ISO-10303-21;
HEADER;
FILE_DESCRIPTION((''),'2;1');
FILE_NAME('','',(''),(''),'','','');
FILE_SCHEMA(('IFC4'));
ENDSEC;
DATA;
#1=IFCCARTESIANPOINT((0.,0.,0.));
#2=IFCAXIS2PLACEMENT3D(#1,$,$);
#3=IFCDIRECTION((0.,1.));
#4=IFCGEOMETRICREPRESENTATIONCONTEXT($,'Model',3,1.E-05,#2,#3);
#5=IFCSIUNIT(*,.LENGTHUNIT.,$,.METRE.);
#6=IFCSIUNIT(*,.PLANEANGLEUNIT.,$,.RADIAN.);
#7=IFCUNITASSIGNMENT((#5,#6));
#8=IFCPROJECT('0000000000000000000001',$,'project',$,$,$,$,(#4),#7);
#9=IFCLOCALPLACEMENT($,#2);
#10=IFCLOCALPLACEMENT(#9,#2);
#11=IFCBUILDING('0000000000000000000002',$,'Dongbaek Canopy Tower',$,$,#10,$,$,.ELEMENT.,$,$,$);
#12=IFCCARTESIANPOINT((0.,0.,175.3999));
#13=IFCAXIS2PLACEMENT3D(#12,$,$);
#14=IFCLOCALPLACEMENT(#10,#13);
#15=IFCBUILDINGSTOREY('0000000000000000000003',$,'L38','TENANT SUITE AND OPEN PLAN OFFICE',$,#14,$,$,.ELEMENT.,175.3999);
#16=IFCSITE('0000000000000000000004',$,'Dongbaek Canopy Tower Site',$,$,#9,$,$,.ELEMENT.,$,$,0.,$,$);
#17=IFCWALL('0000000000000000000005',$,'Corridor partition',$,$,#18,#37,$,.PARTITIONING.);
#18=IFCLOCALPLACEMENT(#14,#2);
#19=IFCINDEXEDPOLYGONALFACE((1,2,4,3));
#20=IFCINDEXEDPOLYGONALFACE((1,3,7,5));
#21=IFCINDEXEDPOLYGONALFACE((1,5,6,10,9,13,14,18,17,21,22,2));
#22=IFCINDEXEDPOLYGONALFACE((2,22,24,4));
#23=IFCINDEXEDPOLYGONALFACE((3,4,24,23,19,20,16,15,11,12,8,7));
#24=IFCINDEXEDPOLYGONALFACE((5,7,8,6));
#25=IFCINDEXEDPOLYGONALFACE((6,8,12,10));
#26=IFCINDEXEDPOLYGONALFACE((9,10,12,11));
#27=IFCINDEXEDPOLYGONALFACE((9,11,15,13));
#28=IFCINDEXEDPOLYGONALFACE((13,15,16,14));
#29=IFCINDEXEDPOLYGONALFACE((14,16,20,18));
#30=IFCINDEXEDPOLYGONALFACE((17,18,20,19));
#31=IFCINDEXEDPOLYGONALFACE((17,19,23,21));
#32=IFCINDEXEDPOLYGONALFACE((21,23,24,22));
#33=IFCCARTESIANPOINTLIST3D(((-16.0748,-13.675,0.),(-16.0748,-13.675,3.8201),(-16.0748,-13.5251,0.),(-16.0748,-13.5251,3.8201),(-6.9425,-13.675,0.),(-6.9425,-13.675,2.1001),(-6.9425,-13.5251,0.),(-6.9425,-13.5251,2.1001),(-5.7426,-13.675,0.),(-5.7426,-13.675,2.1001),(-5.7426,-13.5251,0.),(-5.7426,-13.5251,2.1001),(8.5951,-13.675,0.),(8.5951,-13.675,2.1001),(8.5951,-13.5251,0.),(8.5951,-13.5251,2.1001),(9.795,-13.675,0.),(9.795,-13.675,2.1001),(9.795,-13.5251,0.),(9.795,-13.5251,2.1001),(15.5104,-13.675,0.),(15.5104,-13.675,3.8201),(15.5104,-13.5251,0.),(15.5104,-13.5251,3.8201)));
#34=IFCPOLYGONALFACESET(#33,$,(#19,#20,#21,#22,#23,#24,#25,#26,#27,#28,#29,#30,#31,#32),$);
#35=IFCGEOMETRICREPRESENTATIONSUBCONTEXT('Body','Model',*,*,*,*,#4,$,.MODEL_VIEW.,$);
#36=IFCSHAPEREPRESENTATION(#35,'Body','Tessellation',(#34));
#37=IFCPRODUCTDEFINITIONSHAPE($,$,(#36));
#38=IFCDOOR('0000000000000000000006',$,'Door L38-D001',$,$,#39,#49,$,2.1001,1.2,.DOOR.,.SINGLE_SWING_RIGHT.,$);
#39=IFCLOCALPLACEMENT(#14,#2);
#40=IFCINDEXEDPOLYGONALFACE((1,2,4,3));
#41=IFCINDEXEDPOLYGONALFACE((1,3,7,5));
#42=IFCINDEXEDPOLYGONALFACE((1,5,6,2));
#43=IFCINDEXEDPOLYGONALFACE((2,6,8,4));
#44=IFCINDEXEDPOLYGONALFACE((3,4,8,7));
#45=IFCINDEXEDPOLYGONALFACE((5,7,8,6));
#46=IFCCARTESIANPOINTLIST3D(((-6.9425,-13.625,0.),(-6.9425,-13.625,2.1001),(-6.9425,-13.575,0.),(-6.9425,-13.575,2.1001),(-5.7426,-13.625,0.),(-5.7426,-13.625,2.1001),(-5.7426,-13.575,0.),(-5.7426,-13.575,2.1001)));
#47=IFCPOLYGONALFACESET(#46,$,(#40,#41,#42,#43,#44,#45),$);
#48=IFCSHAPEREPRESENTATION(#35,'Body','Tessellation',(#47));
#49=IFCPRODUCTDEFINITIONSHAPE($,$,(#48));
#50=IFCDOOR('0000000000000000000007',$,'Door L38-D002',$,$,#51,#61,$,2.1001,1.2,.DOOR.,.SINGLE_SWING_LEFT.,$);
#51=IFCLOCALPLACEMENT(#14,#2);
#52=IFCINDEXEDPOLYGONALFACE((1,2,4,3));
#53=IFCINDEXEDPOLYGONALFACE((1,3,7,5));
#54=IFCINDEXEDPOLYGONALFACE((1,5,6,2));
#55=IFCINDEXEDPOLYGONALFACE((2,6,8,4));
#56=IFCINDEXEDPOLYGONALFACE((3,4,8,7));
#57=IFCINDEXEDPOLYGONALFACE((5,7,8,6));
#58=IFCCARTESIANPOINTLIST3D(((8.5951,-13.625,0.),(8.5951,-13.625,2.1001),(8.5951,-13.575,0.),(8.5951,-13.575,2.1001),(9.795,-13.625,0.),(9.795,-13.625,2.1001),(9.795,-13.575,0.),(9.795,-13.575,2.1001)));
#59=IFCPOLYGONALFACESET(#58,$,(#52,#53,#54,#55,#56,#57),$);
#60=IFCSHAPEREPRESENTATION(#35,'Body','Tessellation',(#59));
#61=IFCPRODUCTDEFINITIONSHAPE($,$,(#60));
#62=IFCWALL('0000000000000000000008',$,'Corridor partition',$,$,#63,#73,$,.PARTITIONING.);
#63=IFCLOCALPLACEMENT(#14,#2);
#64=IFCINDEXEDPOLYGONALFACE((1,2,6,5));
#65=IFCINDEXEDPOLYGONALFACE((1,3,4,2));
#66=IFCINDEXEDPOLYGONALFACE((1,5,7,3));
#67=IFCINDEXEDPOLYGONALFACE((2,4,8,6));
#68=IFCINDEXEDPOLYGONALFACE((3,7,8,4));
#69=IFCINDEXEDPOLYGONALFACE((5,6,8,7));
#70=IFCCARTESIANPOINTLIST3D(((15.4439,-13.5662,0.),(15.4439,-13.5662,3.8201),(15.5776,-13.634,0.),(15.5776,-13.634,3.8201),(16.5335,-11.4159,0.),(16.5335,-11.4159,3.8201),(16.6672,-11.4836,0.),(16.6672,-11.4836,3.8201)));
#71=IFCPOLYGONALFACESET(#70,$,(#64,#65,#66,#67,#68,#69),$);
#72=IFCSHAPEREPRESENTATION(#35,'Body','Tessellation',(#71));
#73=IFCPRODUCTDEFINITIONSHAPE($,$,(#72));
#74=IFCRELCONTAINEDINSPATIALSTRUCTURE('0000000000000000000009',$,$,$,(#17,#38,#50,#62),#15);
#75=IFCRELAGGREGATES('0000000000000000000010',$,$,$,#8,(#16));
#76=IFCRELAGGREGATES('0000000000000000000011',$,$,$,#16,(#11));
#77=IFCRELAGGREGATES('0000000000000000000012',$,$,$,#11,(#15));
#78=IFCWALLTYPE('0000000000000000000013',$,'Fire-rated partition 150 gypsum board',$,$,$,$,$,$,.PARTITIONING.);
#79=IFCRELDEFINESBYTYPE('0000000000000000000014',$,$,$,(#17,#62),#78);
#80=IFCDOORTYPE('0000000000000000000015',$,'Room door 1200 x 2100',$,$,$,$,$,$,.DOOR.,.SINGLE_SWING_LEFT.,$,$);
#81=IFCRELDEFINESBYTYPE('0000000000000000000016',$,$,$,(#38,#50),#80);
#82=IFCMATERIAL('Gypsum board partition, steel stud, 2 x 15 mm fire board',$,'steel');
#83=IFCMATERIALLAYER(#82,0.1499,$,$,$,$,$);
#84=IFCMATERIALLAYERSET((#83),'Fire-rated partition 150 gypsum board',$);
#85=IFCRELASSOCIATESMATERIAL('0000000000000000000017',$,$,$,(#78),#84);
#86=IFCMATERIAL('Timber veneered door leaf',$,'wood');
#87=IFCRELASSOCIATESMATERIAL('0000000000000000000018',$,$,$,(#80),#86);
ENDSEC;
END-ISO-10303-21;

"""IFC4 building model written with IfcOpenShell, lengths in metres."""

from ifc_helpers import new_model, si_unit, direction, frame, frame_2d, origin, place, context, subcontext, project, spatial, rectangle, extrude, material, layer, layer_set, type_object, element, fill, save


model = new_model("IFC4")

# Units and contexts
model_context = context("Model", 3, precision=1e-05, world=origin(), true_north=direction((0.0, 1.0)))
body_context = subcontext(model_context, "Body", "Model", "MODEL_VIEW")
ifc_project = project(units=[si_unit("LENGTHUNIT", "METRE"), si_unit("PLANEANGLEUNIT", "RADIAN")], contexts=[model_context])

# Site, building, storey
site_placement = place(None, origin())
site = spatial("IfcSite", under=ifc_project, at=site_placement, Name="Dongbaek Canopy Tower Site", CompositionType="ELEMENT", RefElevation=0.0)
building_placement = place(site_placement, origin())
building = spatial("IfcBuilding", under=site, at=building_placement, Name="Dongbaek Canopy Tower", CompositionType="ELEMENT")
storey_placement = place(building_placement, frame((0.0, 0.0, 175.3999)))
storey = spatial("IfcBuildingStorey", under=building, at=storey_placement, Name="L38", Description="TENANT SUITE AND OPEN PLAN OFFICE", CompositionType="ELEMENT", Elevation=175.3999)

# Wall, openings, doors
ifc_material_1 = material(Name="Gypsum board partition, steel stud, 2 x 15 mm fire board", Category="steel")
ifc_layer_1 = layer(ifc_material_1, 0.1499)
ifc_layer_set_1 = layer_set([ifc_layer_1], Name="Fire-rated partition 150 gypsum board")
wall_type_1 = type_object("IfcWallType", Name="Fire-rated partition 150 gypsum board", PredefinedType="PARTITIONING", material=ifc_layer_set_1)
wall_1_placement = place(storey_placement, frame((15.5103, -13.6001, 0.0), z_axis=(0.0, 0.0, 1.0), x_axis=(-1.0, 0.0, 0.0)))
wall_1 = element("IfcWall", 1, at=wall_1_placement, inside=storey, type_object=wall_type_1, Name="Corridor partition", PredefinedType="PARTITIONING", context=body_context, shape_type="SweptSolid", body=[
    extrude(rectangle(XDim=31.5852, YDim=0.1499, at=frame_2d((15.7925, 0.0))), origin(), (0.0, 0.0, 1.0), 3.8201),
])
opening_1_placement = place(wall_1_placement, frame((21.2527, 0.0, 0.0)))
opening_1 = element("IfcOpeningElement", 2, at=opening_1_placement, cuts=wall_1, PredefinedType="OPENING", context=body_context, shape_type="SweptSolid", body=[
    extrude(rectangle(XDim=1.2, YDim=2.1001, at=frame_2d((0.6001, 1.05))), frame((0.0, 0.085, 0.0), z_axis=(0.0, -1.0, 0.0), x_axis=(1.0, 0.0, 0.0)), (0.0, 0.0, 1.0), 0.1699),
])
opening_2_placement = place(wall_1_placement, frame((5.7151, 0.0, 0.0)))
opening_2 = element("IfcOpeningElement", 3, at=opening_2_placement, cuts=wall_1, PredefinedType="OPENING", context=body_context, shape_type="SweptSolid", body=[
    extrude(rectangle(XDim=1.2, YDim=2.1001, at=frame_2d((0.6001, 1.05))), frame((0.0, 0.085, 0.0), z_axis=(0.0, -1.0, 0.0), x_axis=(1.0, 0.0, 0.0)), (0.0, 0.0, 1.0), 0.1699),
])
ifc_material_2 = material(Name="Timber veneered door leaf", Category="wood")
door_type_1 = type_object("IfcDoorType", Name="Room door 1200 x 2100", OperationType="SINGLE_SWING_LEFT", PredefinedType="DOOR", material=ifc_material_2)
door_1_placement = place(opening_1_placement, origin())
door_1 = element("IfcDoor", 4, at=door_1_placement, inside=storey, type_object=door_type_1, Name="Door L38-D001", OperationType="SINGLE_SWING_RIGHT", OverallHeight=2.1001, OverallWidth=1.2, PredefinedType="DOOR", context=body_context, shape_type="SweptSolid", body=[
    extrude(rectangle(XDim=1.2, YDim=2.1001, at=frame_2d((0.6001, 1.05))), frame((0.0, 0.0249, 0.0), z_axis=(0.0, -1.0, 0.0), x_axis=(1.0, 0.0, 0.0)), (0.0, 0.0, 1.0), 0.05),
])
fill(opening_1, door_1)
door_2_placement = place(opening_2_placement, origin())
door_2 = element("IfcDoor", 5, at=door_2_placement, inside=storey, type_object=door_type_1, Name="Door L38-D002", OperationType="SINGLE_SWING_LEFT", OverallHeight=2.1001, OverallWidth=1.2, PredefinedType="DOOR", context=body_context, shape_type="SweptSolid", body=[
    extrude(rectangle(XDim=1.2, YDim=2.1001, at=frame_2d((0.6001, 1.05))), frame((0.0, 0.0249, 0.0), z_axis=(0.0, -1.0, 0.0), x_axis=(1.0, 0.0, 0.0)), (0.0, 0.0, 1.0), 0.05),
])
fill(opening_2, door_2)

# Wall
wall_2_placement = place(storey_placement, frame((15.5107, -13.6001, 0.0), z_axis=(0.0, 0.0, 1.0), x_axis=(0.451987, 0.892024, 0.0)))
element("IfcWall", 6, at=wall_2_placement, inside=storey, type_object=wall_type_1, Name="Corridor partition", PredefinedType="PARTITIONING", context=body_context, shape_type="SweptSolid", body=[
    extrude(rectangle(XDim=2.4106, YDim=0.1499, at=frame_2d((1.2053, 0.0))), origin(), (0.0, 0.0, 1.0), 3.8201),
])

save(model, "model.ifc")
